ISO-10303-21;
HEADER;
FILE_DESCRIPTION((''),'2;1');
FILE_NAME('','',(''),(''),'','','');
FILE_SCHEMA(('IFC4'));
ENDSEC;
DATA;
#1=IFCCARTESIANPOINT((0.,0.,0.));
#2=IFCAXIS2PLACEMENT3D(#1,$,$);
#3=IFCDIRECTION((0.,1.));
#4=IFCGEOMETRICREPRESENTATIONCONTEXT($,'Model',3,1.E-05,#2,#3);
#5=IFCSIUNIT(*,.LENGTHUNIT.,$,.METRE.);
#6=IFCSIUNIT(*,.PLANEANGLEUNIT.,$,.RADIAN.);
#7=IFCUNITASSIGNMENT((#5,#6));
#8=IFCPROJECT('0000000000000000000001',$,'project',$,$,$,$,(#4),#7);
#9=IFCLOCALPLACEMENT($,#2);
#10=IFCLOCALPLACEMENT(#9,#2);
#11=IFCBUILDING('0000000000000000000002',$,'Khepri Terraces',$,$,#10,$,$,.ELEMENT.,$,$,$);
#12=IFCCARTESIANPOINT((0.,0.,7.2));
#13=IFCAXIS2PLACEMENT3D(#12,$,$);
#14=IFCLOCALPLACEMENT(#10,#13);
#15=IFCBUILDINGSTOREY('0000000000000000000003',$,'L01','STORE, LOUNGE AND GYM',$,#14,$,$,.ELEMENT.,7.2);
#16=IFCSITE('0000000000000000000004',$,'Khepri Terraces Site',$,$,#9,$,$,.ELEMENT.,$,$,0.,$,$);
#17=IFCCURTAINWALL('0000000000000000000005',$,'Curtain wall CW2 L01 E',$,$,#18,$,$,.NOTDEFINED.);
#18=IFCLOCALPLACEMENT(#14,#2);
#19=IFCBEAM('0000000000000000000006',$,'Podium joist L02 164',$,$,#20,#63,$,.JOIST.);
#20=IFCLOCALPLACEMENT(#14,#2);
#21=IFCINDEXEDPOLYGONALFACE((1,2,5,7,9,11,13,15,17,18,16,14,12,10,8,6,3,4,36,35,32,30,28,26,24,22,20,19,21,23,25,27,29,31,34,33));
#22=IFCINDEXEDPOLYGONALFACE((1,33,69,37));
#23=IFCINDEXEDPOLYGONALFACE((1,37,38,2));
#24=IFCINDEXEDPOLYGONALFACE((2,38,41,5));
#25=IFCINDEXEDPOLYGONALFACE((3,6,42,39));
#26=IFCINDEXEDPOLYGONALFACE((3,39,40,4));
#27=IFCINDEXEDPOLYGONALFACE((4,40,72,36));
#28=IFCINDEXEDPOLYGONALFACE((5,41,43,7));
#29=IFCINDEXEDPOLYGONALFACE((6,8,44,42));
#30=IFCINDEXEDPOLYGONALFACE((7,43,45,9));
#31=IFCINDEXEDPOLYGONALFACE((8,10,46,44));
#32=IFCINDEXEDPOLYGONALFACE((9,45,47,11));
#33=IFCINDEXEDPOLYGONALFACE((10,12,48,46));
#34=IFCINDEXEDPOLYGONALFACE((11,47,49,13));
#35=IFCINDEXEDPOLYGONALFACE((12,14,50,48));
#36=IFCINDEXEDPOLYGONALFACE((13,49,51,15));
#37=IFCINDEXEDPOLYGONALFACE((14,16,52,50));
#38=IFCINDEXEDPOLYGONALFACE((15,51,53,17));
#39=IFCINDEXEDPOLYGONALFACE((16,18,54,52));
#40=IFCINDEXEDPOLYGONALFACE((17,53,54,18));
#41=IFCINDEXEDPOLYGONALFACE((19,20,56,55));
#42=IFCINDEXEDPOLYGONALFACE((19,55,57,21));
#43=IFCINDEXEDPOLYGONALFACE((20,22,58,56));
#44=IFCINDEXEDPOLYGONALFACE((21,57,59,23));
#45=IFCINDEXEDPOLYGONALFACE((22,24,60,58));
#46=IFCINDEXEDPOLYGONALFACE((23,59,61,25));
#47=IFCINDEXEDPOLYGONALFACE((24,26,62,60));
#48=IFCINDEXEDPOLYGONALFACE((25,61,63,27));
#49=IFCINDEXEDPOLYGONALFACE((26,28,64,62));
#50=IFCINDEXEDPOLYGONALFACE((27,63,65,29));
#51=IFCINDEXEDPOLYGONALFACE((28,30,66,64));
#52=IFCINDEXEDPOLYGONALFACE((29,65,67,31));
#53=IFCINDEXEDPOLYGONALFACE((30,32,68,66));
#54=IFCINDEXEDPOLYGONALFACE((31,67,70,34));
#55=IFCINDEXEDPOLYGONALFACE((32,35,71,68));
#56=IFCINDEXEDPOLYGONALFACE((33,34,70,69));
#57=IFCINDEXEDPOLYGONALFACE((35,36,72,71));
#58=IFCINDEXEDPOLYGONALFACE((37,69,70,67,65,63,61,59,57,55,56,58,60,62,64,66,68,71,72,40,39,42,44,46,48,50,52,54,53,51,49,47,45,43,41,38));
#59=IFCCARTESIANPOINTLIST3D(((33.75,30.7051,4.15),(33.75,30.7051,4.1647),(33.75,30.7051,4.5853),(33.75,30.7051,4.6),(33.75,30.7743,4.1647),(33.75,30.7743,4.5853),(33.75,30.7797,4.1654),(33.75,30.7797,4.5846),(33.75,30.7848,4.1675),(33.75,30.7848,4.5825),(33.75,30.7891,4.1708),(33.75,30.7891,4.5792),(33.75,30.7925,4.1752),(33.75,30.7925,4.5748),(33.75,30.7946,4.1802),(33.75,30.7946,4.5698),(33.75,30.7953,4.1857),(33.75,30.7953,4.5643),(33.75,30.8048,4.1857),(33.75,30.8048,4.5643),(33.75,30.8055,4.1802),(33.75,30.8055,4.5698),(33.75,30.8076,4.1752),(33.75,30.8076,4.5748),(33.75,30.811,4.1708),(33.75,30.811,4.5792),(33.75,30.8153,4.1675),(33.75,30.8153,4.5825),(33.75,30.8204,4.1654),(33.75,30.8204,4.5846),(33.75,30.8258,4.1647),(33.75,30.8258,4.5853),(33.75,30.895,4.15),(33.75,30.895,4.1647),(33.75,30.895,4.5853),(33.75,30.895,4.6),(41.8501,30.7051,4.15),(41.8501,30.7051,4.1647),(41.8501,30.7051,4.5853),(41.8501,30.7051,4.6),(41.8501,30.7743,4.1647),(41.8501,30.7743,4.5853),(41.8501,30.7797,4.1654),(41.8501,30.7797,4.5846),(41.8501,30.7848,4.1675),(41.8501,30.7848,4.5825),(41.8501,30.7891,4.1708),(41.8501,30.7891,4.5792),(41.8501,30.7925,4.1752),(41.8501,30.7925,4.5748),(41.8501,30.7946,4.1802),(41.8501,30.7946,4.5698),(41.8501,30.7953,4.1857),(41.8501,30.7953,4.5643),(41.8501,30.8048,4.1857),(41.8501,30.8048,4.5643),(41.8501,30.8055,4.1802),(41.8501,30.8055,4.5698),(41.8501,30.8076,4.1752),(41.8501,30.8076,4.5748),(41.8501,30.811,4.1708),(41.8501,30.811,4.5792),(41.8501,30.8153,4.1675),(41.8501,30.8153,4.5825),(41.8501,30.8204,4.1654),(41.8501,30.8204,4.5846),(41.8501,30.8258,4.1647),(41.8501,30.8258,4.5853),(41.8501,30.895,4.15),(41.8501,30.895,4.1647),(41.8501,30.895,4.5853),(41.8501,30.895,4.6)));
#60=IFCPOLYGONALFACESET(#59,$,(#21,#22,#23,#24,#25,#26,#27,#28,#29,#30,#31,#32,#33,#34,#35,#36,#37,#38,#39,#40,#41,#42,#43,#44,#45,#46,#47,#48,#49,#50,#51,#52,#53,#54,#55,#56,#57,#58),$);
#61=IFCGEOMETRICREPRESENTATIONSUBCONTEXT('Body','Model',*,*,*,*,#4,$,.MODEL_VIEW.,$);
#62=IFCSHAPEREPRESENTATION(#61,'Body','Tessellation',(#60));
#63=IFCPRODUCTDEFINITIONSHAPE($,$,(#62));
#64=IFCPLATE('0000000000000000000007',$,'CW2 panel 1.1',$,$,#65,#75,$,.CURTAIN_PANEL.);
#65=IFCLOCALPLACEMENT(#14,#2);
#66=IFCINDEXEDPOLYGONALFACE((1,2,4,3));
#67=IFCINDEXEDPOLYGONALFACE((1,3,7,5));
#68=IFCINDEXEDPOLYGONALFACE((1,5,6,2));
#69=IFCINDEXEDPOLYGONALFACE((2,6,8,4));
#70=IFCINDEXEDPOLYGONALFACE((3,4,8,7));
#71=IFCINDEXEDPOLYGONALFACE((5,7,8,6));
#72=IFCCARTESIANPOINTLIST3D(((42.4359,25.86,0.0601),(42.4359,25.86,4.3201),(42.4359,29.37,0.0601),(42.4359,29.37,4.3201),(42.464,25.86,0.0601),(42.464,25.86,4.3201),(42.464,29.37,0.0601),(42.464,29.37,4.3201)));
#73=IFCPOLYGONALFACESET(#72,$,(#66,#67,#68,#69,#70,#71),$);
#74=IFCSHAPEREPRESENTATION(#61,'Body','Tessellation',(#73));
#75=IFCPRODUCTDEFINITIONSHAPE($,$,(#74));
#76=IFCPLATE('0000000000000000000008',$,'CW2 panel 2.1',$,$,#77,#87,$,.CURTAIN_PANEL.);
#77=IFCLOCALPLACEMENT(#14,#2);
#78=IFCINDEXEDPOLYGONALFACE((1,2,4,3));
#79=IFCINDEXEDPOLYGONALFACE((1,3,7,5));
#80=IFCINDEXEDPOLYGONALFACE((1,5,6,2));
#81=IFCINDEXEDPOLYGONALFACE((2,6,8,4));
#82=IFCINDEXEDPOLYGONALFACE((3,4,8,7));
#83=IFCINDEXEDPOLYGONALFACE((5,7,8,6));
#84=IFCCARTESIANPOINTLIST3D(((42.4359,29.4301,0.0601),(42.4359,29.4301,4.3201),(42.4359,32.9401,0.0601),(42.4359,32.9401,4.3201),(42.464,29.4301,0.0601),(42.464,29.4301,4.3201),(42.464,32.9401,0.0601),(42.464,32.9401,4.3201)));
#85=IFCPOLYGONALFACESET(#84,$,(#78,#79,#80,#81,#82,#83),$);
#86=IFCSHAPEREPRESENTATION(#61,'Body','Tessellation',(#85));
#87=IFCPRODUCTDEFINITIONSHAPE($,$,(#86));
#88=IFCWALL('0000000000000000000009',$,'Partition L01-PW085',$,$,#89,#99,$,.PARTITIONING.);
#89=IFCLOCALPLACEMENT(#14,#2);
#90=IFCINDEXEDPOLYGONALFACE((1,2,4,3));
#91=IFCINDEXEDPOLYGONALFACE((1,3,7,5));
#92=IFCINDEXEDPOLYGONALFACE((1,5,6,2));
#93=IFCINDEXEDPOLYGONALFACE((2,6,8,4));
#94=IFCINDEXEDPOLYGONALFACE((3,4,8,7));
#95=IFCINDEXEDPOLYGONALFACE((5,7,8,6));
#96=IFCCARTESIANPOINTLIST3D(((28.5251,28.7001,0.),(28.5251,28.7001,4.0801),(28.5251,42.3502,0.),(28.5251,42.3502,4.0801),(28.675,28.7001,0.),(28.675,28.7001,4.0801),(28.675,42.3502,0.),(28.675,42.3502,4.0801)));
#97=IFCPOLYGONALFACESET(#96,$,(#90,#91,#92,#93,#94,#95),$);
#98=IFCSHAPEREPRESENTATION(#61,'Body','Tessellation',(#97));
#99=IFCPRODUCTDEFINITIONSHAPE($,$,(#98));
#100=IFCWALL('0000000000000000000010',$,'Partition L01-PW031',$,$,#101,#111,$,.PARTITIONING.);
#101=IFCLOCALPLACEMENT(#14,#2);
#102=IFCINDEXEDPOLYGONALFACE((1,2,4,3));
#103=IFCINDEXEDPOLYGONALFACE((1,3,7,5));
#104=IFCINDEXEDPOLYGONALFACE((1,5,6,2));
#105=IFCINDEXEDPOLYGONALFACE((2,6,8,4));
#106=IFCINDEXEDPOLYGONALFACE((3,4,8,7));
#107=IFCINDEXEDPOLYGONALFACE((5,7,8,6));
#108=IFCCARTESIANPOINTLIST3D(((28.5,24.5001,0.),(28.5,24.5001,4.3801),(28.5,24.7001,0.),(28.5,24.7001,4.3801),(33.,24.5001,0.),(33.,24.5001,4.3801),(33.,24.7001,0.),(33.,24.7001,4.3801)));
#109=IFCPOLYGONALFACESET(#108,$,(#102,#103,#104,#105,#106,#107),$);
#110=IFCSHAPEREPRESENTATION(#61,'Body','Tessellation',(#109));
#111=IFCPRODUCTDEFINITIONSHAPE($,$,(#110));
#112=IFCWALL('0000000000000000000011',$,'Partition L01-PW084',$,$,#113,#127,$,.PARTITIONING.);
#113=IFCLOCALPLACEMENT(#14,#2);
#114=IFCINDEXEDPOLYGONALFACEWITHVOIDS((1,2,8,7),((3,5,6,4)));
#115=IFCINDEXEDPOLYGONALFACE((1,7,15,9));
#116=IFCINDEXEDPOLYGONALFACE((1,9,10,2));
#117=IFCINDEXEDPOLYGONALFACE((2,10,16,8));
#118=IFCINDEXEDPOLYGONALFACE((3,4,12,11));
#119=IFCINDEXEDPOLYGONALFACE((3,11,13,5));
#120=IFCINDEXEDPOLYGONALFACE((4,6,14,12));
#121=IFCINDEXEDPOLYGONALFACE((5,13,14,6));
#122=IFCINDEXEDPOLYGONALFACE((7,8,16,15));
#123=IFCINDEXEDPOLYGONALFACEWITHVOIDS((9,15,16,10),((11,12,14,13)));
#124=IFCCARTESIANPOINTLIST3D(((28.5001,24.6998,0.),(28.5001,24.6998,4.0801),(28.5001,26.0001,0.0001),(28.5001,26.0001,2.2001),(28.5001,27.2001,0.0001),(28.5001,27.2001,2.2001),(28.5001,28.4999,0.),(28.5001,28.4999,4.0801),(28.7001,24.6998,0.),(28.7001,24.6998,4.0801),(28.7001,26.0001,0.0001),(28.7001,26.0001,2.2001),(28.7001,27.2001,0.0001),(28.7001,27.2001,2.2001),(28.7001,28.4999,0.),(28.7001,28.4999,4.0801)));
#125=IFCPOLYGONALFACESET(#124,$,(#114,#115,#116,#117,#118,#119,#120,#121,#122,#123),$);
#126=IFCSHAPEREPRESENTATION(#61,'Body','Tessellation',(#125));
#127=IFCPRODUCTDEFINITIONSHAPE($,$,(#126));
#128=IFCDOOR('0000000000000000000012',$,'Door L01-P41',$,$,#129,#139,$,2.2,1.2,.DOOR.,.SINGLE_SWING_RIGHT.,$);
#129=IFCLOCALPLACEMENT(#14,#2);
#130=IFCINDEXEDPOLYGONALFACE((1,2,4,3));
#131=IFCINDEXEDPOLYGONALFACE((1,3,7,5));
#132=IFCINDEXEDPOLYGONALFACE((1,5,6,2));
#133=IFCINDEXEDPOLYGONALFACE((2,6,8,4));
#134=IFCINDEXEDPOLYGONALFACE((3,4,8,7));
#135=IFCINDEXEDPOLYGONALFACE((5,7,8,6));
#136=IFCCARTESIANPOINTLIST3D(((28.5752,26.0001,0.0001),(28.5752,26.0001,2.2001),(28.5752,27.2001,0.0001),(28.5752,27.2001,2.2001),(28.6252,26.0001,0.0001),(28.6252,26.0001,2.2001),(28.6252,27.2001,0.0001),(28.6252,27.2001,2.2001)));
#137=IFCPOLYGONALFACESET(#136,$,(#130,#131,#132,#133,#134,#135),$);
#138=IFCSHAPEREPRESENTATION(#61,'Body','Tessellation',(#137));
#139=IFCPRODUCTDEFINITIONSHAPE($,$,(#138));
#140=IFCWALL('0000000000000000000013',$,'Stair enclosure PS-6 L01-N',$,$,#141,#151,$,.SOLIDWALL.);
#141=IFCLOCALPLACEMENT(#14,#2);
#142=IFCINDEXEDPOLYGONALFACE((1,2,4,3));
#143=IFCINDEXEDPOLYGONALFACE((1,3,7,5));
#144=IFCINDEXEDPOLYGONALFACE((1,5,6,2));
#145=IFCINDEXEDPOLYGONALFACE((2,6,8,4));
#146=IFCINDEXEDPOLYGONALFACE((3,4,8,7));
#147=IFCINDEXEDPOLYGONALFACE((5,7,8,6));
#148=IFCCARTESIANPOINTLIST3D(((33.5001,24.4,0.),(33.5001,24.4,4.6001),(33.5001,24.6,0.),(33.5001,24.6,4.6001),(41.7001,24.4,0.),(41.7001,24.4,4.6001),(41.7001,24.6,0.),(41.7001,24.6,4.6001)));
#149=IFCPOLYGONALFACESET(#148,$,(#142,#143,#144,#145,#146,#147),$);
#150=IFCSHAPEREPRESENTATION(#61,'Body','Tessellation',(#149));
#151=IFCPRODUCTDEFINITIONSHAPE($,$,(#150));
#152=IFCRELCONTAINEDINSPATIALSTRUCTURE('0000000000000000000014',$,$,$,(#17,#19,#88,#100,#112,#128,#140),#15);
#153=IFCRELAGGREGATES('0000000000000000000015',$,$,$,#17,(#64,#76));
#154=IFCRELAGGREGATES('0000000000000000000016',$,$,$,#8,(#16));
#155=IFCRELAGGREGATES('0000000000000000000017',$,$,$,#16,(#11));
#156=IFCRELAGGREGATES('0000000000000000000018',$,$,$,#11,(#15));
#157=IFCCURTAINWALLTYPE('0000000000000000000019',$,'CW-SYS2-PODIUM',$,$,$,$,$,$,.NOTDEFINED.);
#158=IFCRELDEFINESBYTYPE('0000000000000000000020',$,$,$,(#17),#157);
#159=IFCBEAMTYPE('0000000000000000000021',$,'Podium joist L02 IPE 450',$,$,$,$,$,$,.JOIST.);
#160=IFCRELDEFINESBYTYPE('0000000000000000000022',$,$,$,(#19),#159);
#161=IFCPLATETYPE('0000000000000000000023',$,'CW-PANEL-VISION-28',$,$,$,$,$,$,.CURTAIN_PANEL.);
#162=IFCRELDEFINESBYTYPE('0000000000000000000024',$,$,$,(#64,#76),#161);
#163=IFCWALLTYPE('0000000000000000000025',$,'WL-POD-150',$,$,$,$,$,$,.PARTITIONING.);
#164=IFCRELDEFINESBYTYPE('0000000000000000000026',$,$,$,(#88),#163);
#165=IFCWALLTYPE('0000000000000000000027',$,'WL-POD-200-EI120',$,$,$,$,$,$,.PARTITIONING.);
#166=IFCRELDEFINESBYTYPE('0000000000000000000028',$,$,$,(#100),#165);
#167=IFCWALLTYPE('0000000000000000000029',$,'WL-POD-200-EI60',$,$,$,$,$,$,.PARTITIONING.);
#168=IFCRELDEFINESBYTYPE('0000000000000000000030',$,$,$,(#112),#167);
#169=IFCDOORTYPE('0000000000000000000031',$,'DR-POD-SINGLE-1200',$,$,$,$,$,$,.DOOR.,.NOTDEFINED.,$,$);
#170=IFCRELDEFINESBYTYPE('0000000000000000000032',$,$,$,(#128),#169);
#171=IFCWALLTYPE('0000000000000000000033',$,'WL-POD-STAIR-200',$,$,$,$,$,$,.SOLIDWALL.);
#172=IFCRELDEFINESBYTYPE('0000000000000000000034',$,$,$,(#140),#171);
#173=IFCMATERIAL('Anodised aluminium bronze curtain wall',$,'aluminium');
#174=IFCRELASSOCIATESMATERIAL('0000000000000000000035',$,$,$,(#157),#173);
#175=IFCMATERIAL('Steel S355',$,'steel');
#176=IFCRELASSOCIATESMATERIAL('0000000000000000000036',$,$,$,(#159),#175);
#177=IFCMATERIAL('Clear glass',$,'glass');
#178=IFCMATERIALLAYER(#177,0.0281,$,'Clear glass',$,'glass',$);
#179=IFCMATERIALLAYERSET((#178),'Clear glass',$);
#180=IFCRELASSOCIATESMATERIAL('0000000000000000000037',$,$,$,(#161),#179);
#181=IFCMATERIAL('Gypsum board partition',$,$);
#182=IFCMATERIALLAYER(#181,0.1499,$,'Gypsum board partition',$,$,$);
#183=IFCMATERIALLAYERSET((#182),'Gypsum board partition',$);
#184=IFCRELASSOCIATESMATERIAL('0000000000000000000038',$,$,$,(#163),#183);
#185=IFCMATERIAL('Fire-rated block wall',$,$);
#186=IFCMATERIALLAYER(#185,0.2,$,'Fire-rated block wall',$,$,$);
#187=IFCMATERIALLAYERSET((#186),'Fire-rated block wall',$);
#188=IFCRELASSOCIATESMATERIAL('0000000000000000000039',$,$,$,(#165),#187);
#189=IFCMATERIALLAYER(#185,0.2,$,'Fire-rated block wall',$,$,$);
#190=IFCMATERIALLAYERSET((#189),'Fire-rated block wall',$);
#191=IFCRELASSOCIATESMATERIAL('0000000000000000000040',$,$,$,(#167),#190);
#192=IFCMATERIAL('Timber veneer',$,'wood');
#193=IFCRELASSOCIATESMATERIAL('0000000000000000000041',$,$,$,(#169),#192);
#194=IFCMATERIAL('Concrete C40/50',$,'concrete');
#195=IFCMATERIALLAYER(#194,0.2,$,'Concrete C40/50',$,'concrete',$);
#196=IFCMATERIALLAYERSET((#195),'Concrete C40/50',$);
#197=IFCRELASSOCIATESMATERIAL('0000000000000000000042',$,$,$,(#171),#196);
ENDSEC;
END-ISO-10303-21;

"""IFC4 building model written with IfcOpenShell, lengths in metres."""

from ifc_helpers import new_model, si_unit, direction, frame, frame_2d, origin, origin_2d, place, context, subcontext, project, spatial, rectangle, i_section, extrude, material, layer, layer_set, material_profile, profile_set, type_object, element, fill, aggregate, save


model = new_model("IFC4")

# Units and contexts
model_context = context("Model", 3, precision=1e-05, world=origin(), true_north=direction((0.0, 1.0)))
body_context = subcontext(model_context, "Body", "Model", "MODEL_VIEW")
ifc_project = project(units=[si_unit("LENGTHUNIT", "METRE"), si_unit("PLANEANGLEUNIT", "RADIAN")], contexts=[model_context])

# Site, building, storey
site_placement = place(None, origin())
site = spatial("IfcSite", under=ifc_project, at=site_placement, Name="Khepri Terraces Site", CompositionType="ELEMENT", RefElevation=0.0)
building_placement = place(site_placement, origin())
building = spatial("IfcBuilding", under=site, at=building_placement, Name="Khepri Terraces", CompositionType="ELEMENT")
storey_placement = place(building_placement, frame((0.0, 0.0, 7.2)))
storey = spatial("IfcBuildingStorey", under=building, at=storey_placement, Name="L01", Description="STORE, LOUNGE AND GYM", CompositionType="ELEMENT", Elevation=7.2)

# Curtain wall
ifc_material_1 = material(Name="Anodised aluminium bronze curtain wall", Category="aluminium")
curtain_wall_type = type_object("IfcCurtainWallType", Name="CW-SYS2-PODIUM", PredefinedType="NOTDEFINED", material=ifc_material_1)
curtain_wall_placement = place(storey_placement, origin())
curtain_wall = element("IfcCurtainWall", 1, at=curtain_wall_placement, inside=storey, type_object=curtain_wall_type, Name="Curtain wall CW2 L01 E", PredefinedType="NOTDEFINED")

# Beam
ifc_material_2 = material(Name="Steel S355", Category="steel")
ifc_material_profile_1 = material_profile(ifc_material_2, i_section(OverallWidth=0.1899, OverallDepth=0.45, WebThickness=0.0095, FlangeThickness=0.0146, FilletRadius=0.021, at=origin_2d()), Name="Steel S355", Category="steel")
ifc_profile_set_1 = profile_set([ifc_material_profile_1], Name="Steel S355")
beam_type_1 = type_object("IfcBeamType", Name="Podium joist L02 IPE 450", PredefinedType="JOIST", material=ifc_profile_set_1)
beam_1_placement = place(storey_placement, frame((33.75, 30.8, 4.375), z_axis=(1.0, 0.0, 0.0), x_axis=(0.0, 1.0, 0.0)))
element("IfcBeam", 2, at=beam_1_placement, inside=storey, type_object=beam_type_1, Name="Podium joist L02 164", PredefinedType="JOIST", context=body_context, shape_type="SweptSolid", body=[
    extrude(i_section(OverallWidth=0.1899, OverallDepth=0.45, WebThickness=0.0095, FlangeThickness=0.0146, FilletRadius=0.021, at=origin_2d()), origin(), (0.0, 0.0, 1.0), 8.1001),
])

# Plates
ifc_material_3 = material(Name="Clear glass", Category="glass")
ifc_layer_1 = layer(ifc_material_3, 0.0281, Name="Clear glass", Category="glass")
ifc_layer_set_1 = layer_set([ifc_layer_1], Name="Clear glass")
plate_type = type_object("IfcPlateType", Name="CW-PANEL-VISION-28", PredefinedType="CURTAIN_PANEL", material=ifc_layer_set_1)
plate_1_placement = place(storey_placement, frame((42.45, 27.615, 0.0601), z_axis=(0.0, 0.0, 1.0), x_axis=(0.0, 1.0, 0.0)))
plate_1 = element("IfcPlate", 3, at=plate_1_placement, type_object=plate_type, Name="CW2 panel 1.1", PredefinedType="CURTAIN_PANEL", context=body_context, shape_type="SweptSolid", body=[
    extrude(rectangle(XDim=3.51, YDim=0.0281, at=origin_2d()), origin(), (0.0, 0.0, 1.0), 4.26),
])
plate_2_placement = place(storey_placement, frame((42.45, 31.1851, 0.0601), z_axis=(0.0, 0.0, 1.0), x_axis=(0.0, 1.0, 0.0)))
plate_2 = element("IfcPlate", 4, at=plate_2_placement, type_object=plate_type, Name="CW2 panel 2.1", PredefinedType="CURTAIN_PANEL", context=body_context, shape_type="SweptSolid", body=[
    extrude(rectangle(XDim=3.51, YDim=0.0281, at=origin_2d()), origin(), (0.0, 0.0, 1.0), 4.26),
])
aggregate(curtain_wall, [plate_1, plate_2])

# Walls
ifc_material_4 = material(Name="Gypsum board partition")
ifc_layer_2 = layer(ifc_material_4, 0.1499, Name="Gypsum board partition")
ifc_layer_set_2 = layer_set([ifc_layer_2], Name="Gypsum board partition")
wall_type_1 = type_object("IfcWallType", Name="WL-POD-150", PredefinedType="PARTITIONING", material=ifc_layer_set_2)
wall_1_placement = place(storey_placement, frame((28.6001, 28.7, 0.0), z_axis=(0.0, 0.0, 1.0), x_axis=(0.0, 1.0, 0.0)))
element("IfcWall", 5, at=wall_1_placement, inside=storey, type_object=wall_type_1, Name="Partition L01-PW085", PredefinedType="PARTITIONING", context=body_context, shape_type="SweptSolid", body=[
    extrude(rectangle(XDim=13.6501, YDim=0.1499, at=frame_2d((6.8252, 0.0))), origin(), (0.0, 0.0, 1.0), 4.0801),
])
ifc_material_5 = material(Name="Fire-rated block wall")
ifc_layer_3 = layer(ifc_material_5, 0.2, Name="Fire-rated block wall")
ifc_layer_set_3 = layer_set([ifc_layer_3], Name="Fire-rated block wall")
wall_type_2 = type_object("IfcWallType", Name="WL-POD-200-EI120", PredefinedType="PARTITIONING", material=ifc_layer_set_3)
wall_2_placement = place(storey_placement, frame((28.5, 24.6001, 0.0), z_axis=(0.0, 0.0, 1.0), x_axis=(1.0, 0.0, 0.0)))
element("IfcWall", 6, at=wall_2_placement, inside=storey, type_object=wall_type_2, Name="Partition L01-PW031", PredefinedType="PARTITIONING", context=body_context, shape_type="SweptSolid", body=[
    extrude(rectangle(XDim=4.5, YDim=0.2, at=frame_2d((2.25, 0.0))), origin(), (0.0, 0.0, 1.0), 4.3801),
])

# Wall, opening, door
ifc_layer_4 = layer(ifc_material_5, 0.2, Name="Fire-rated block wall")
ifc_layer_set_4 = layer_set([ifc_layer_4], Name="Fire-rated block wall")
wall_type_3 = type_object("IfcWallType", Name="WL-POD-200-EI60", PredefinedType="PARTITIONING", material=ifc_layer_set_4)
wall_3_placement = place(storey_placement, frame((28.6001, 24.7, 0.0), z_axis=(0.0, 0.0, 1.0), x_axis=(0.0, 1.0, 0.0)))
wall_3 = element("IfcWall", 7, at=wall_3_placement, inside=storey, type_object=wall_type_3, Name="Partition L01-PW084", PredefinedType="PARTITIONING", context=body_context, shape_type="SweptSolid", body=[
    extrude(rectangle(XDim=3.8, YDim=0.2, at=frame_2d((1.8999, 0.0))), origin(), (0.0, 0.0, 1.0), 4.0801),
])
opening_placement = place(wall_3_placement, frame((1.3, 0.0, 0.0)))
opening = element("IfcOpeningElement", 8, at=opening_placement, cuts=wall_3, PredefinedType="OPENING", context=body_context, shape_type="SweptSolid", body=[
    extrude(rectangle(XDim=1.2, YDim=2.2, at=frame_2d((0.6001, 1.1001))), frame((0.0, 0.1099, 0.0), z_axis=(0.0, -1.0, 0.0), x_axis=(1.0, 0.0, 0.0)), (0.0, 0.0, 1.0), 0.22),
])
ifc_material_6 = material(Name="Timber veneer", Category="wood")
door_type = type_object("IfcDoorType", Name="DR-POD-SINGLE-1200", OperationType="NOTDEFINED", PredefinedType="DOOR", material=ifc_material_6)
door_placement = place(opening_placement, origin())
door = element("IfcDoor", 9, at=door_placement, inside=storey, type_object=door_type, Name="Door L01-P41", OperationType="SINGLE_SWING_RIGHT", OverallHeight=2.2, OverallWidth=1.2, PredefinedType="DOOR", context=body_context, shape_type="SweptSolid", body=[
    extrude(rectangle(XDim=1.2, YDim=2.2, at=frame_2d((0.6001, 1.1001))), frame((0.0, 0.0249, 0.0), z_axis=(0.0, -1.0, 0.0), x_axis=(1.0, 0.0, 0.0)), (0.0, 0.0, 1.0), 0.05),
])
fill(opening, door)

# Wall
ifc_material_7 = material(Name="Concrete C40/50", Category="concrete")
ifc_layer_5 = layer(ifc_material_7, 0.2, Name="Concrete C40/50", Category="concrete")
ifc_layer_set_5 = layer_set([ifc_layer_5], Name="Concrete C40/50")
wall_type_4 = type_object("IfcWallType", Name="WL-POD-STAIR-200", PredefinedType="SOLIDWALL", material=ifc_layer_set_5)
wall_4_placement = place(storey_placement, frame((33.5, 24.5, 0.0), z_axis=(0.0, 0.0, 1.0), x_axis=(1.0, 0.0, 0.0)))
element("IfcWall", 10, at=wall_4_placement, inside=storey, type_object=wall_type_4, Name="Stair enclosure PS-6 L01-N", PredefinedType="SOLIDWALL", context=body_context, shape_type="SweptSolid", body=[
    extrude(rectangle(XDim=8.2, YDim=0.2, at=frame_2d((4.1001, 0.0))), origin(), (0.0, 0.0, 1.0), 4.6001),
])

save(model, "model.ifc")
